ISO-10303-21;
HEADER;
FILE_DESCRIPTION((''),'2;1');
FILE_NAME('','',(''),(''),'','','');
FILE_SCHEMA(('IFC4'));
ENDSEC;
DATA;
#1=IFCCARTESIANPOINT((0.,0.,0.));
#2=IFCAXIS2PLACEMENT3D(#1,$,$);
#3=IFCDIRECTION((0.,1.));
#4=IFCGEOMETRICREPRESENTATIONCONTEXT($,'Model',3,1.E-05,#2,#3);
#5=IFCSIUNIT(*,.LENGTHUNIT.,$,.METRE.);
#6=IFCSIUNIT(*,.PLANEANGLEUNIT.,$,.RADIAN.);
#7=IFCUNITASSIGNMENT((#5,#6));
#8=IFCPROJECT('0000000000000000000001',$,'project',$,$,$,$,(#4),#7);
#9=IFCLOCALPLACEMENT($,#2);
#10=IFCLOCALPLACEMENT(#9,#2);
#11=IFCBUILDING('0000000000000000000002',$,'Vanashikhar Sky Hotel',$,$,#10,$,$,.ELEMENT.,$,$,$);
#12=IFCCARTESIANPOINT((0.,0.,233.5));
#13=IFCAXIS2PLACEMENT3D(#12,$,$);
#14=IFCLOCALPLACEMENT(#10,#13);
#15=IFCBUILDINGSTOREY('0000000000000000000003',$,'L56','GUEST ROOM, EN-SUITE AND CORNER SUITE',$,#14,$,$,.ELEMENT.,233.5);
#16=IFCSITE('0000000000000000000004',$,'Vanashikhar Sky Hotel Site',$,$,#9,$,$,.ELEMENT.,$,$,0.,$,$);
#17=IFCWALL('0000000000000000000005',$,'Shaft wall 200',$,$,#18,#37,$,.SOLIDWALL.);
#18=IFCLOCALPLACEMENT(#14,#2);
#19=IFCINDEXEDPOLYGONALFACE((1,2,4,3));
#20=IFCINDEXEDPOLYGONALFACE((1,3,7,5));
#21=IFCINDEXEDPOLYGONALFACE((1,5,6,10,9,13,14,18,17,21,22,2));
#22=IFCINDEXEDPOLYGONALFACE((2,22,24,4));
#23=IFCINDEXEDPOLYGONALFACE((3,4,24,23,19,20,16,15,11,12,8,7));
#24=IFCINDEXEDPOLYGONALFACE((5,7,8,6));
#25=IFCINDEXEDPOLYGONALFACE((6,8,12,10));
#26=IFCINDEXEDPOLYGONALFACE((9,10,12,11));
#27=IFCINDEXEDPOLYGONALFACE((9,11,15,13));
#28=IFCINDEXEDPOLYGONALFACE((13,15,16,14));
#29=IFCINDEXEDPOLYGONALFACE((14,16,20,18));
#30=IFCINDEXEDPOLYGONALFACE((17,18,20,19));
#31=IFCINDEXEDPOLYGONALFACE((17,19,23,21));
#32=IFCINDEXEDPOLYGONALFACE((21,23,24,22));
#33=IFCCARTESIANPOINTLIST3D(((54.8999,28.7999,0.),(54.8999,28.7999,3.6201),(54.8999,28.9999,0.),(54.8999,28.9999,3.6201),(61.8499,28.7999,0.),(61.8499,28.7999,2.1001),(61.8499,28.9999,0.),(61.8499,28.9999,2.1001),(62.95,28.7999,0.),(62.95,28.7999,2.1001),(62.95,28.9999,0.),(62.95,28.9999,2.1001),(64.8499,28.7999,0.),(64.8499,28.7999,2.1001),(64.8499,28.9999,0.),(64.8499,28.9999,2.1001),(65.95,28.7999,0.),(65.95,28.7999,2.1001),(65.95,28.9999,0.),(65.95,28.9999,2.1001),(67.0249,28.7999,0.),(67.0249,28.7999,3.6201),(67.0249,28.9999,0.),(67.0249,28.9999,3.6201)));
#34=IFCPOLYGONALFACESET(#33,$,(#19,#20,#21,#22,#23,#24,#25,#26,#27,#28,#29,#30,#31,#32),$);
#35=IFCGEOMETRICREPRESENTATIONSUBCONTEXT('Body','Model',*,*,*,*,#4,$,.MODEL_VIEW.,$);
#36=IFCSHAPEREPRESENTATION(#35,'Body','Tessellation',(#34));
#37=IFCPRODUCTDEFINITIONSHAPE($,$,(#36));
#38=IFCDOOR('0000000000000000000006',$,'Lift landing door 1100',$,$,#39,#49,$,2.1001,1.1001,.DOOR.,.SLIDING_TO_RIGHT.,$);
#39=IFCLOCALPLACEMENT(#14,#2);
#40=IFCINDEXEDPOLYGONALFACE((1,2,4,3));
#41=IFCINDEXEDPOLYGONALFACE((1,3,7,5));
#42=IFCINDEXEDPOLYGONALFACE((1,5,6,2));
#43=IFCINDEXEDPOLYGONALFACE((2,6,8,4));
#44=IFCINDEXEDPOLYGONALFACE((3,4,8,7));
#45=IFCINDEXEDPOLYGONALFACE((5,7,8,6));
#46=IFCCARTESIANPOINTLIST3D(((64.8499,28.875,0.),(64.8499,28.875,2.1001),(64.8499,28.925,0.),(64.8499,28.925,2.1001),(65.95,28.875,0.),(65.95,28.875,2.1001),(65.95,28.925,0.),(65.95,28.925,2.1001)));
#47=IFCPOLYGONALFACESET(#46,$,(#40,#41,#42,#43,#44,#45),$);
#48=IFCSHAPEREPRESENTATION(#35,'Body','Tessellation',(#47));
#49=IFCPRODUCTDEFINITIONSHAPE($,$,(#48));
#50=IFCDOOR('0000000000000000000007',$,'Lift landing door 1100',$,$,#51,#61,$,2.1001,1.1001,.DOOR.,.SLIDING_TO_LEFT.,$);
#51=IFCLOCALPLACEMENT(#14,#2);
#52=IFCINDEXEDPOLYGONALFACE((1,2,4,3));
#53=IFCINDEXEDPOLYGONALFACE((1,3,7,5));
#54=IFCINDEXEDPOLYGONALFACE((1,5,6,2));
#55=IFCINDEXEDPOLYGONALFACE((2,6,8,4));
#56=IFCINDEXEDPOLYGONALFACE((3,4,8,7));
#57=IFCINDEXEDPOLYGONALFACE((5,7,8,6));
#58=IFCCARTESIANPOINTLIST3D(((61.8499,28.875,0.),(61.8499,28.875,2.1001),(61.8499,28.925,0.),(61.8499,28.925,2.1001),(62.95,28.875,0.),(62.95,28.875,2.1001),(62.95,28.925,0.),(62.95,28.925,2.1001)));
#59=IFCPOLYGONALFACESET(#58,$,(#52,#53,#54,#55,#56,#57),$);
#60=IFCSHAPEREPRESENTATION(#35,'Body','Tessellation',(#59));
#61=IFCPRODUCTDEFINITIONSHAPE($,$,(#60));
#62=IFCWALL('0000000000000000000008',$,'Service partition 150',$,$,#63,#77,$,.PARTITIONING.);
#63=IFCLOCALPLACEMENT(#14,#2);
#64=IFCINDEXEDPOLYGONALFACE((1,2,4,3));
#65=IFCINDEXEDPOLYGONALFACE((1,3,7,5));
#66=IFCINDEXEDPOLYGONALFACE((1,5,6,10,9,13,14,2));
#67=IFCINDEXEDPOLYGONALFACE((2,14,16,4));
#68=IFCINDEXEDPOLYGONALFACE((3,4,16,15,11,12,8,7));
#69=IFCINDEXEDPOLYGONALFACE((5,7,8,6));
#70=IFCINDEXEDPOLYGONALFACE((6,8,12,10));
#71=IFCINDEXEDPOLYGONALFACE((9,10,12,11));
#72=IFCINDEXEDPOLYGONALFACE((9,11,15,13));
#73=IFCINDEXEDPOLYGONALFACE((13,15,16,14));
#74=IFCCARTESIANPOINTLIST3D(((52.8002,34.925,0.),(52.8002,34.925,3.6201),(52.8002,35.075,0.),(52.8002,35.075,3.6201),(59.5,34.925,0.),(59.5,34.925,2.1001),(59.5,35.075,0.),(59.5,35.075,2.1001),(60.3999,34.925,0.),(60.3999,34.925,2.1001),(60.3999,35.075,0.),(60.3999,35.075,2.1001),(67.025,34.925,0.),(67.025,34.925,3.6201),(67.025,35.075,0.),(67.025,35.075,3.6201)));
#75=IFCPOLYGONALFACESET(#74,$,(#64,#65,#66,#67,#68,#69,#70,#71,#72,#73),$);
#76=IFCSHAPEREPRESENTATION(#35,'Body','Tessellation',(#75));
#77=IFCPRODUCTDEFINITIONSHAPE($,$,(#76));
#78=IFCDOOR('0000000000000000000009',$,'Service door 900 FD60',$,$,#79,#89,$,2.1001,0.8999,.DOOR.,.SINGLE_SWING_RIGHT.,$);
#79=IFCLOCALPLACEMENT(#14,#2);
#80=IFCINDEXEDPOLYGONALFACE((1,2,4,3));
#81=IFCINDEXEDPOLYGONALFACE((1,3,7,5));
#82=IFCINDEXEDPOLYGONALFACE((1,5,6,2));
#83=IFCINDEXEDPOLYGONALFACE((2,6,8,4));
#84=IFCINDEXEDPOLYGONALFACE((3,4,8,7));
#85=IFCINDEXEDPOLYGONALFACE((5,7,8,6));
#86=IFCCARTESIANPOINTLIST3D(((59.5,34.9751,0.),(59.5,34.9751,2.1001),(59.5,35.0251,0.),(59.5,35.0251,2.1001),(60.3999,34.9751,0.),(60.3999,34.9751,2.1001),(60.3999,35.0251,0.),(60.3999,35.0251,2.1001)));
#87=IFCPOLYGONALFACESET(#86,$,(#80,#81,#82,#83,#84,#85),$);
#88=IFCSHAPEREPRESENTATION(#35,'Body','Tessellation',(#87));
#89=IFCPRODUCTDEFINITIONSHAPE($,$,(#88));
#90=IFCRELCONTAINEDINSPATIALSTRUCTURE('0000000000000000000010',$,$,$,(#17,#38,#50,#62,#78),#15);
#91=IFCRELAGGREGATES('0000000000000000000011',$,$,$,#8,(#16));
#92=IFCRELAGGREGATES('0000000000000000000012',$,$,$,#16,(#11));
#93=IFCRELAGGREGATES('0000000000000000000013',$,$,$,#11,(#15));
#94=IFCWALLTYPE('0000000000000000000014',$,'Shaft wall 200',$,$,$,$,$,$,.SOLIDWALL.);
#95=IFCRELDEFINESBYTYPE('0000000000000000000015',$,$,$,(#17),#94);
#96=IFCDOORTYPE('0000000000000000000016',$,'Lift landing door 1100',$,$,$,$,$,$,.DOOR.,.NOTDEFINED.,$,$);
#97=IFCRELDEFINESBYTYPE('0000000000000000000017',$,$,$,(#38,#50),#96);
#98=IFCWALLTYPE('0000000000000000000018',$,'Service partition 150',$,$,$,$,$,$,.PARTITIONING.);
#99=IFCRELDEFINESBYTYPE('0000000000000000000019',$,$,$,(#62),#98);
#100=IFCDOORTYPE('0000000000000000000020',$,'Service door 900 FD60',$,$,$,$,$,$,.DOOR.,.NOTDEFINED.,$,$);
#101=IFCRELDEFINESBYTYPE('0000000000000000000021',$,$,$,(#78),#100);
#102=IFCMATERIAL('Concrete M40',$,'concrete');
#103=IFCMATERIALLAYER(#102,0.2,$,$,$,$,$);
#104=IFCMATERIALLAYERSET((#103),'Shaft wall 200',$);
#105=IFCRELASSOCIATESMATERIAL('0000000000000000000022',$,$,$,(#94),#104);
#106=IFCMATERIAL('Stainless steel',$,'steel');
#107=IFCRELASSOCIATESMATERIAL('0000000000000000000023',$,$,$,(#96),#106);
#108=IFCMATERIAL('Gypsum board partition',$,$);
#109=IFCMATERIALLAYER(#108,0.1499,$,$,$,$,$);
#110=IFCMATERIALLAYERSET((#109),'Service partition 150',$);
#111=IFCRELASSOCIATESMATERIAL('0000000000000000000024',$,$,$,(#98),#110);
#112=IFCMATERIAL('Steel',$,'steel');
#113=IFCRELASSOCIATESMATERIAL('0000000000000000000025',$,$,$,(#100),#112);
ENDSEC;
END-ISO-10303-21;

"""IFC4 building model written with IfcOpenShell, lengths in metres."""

from ifc_helpers import new_model, si_unit, direction, frame, frame_2d, origin, place, context, subcontext, project, spatial, rectangle, extrude, source, transform, mapped, material, layer, layer_set, type_object, element, fill, save


model = new_model("IFC4")

# Units and contexts
model_context = context("Model", 3, precision=1e-05, world=origin(), true_north=direction((0.0, 1.0)))
body_context = subcontext(model_context, "Body", "Model", "MODEL_VIEW")
ifc_project = project(units=[si_unit("LENGTHUNIT", "METRE"), si_unit("PLANEANGLEUNIT", "RADIAN")], contexts=[model_context])

# Site, building, storey
site_placement = place(None, origin())
site = spatial("IfcSite", under=ifc_project, at=site_placement, Name="Vanashikhar Sky Hotel Site", CompositionType="ELEMENT", RefElevation=0.0)
building_placement = place(site_placement, origin())
building = spatial("IfcBuilding", under=site, at=building_placement, Name="Vanashikhar Sky Hotel", CompositionType="ELEMENT")
storey_placement = place(building_placement, frame((0.0, 0.0, 233.5)))
storey = spatial("IfcBuildingStorey", under=building, at=storey_placement, Name="L56", Description="GUEST ROOM, EN-SUITE AND CORNER SUITE", CompositionType="ELEMENT", Elevation=233.5)

# Shared definitions
ifc_material_1 = material(Name="Concrete M40", Category="concrete")
ifc_layer_1 = layer(ifc_material_1, 0.2)
ifc_layer_set_1 = layer_set([ifc_layer_1], Name="Shaft wall 200")
wall_type_1 = type_object("IfcWallType", Name="Shaft wall 200", PredefinedType="SOLIDWALL", material=ifc_layer_set_1)
shared_shape_1 = source(origin(), body_context, "Body", "SweptSolid", [
    extrude(rectangle(XDim=1.1001, YDim=2.1001, at=frame_2d((0.55, 1.05))), frame((0.0, 0.1099, 0.0), z_axis=(0.0, -1.0, 0.0), x_axis=(1.0, 0.0, 0.0)), (0.0, 0.0, 1.0), 0.22),
])
ifc_material_2 = material(Name="Stainless steel", Category="steel")
door_type_1 = type_object("IfcDoorType", Name="Lift landing door 1100", OperationType="NOTDEFINED", PredefinedType="DOOR", material=ifc_material_2)
shared_shape_2 = source(origin(), body_context, "Body", "SweptSolid", [
    extrude(rectangle(XDim=1.1001, YDim=2.1001, at=frame_2d((0.55, 1.05))), frame((0.0, 0.0249, 0.0), z_axis=(0.0, -1.0, 0.0), x_axis=(1.0, 0.0, 0.0)), (0.0, 0.0, 1.0), 0.05),
])

# Shared definitions
ifc_material_3 = material(Name="Gypsum board partition")
ifc_layer_2 = layer(ifc_material_3, 0.1499)
ifc_layer_set_2 = layer_set([ifc_layer_2], Name="Service partition 150")
wall_type_2 = type_object("IfcWallType", Name="Service partition 150", PredefinedType="PARTITIONING", material=ifc_layer_set_2)

# Wall, openings, doors
shared_shape_3 = source(origin(), body_context, "Body", "SweptSolid", [
    extrude(rectangle(XDim=12.125, YDim=0.2, at=frame_2d((6.0625, 0.0))), origin(), (0.0, 0.0, 1.0), 3.6201),
])
wall_1_placement = place(storey_placement, frame((67.0249, 28.8999, 0.0), z_axis=(0.0, 0.0, 1.0), x_axis=(-1.0, 0.0, 0.0)))
wall_1 = element("IfcWall", 1, at=wall_1_placement, inside=storey, type_object=wall_type_1, Name="Shaft wall 200", PredefinedType="SOLIDWALL", context=body_context, shape_type="MappedRepresentation", body=[
    mapped(shared_shape_3, transform((0.0, 0.0, 0.0), scale=1.0)),
])
opening_1_placement = place(wall_1_placement, frame((1.075, 0.0, 0.0)))
opening_1 = element("IfcOpeningElement", 2, at=opening_1_placement, cuts=wall_1, PredefinedType="OPENING", context=body_context, shape_type="MappedRepresentation", body=[
    mapped(shared_shape_1, transform((0.0, 0.0, 0.0), scale=1.0)),
])
opening_2_placement = place(wall_1_placement, frame((4.075, 0.0, 0.0)))
opening_2 = element("IfcOpeningElement", 3, at=opening_2_placement, cuts=wall_1, PredefinedType="OPENING", context=body_context, shape_type="MappedRepresentation", body=[
    mapped(shared_shape_1, transform((0.0, 0.0, 0.0), scale=1.0)),
])
door_1_placement = place(opening_1_placement, origin())
door_1 = element("IfcDoor", 4, at=door_1_placement, inside=storey, type_object=door_type_1, Name="Lift landing door 1100", OperationType="SLIDING_TO_RIGHT", OverallHeight=2.1001, OverallWidth=1.1001, PredefinedType="DOOR", context=body_context, shape_type="MappedRepresentation", body=[
    mapped(shared_shape_2, transform((0.0, 0.0, 0.0), scale=1.0)),
])
fill(opening_1, door_1)
door_2_placement = place(opening_2_placement, origin())
door_2 = element("IfcDoor", 5, at=door_2_placement, inside=storey, type_object=door_type_1, Name="Lift landing door 1100", OperationType="SLIDING_TO_LEFT", OverallHeight=2.1001, OverallWidth=1.1001, PredefinedType="DOOR", context=body_context, shape_type="MappedRepresentation", body=[
    mapped(shared_shape_2, transform((0.0, 0.0, 0.0), scale=1.0)),
])
fill(opening_2, door_2)

# Wall, opening, door
shared_shape_4 = source(origin(), body_context, "Body", "SweptSolid", [
    extrude(rectangle(XDim=14.2249, YDim=0.1499, at=frame_2d((7.1123, 0.0))), origin(), (0.0, 0.0, 1.0), 3.6201),
])
wall_2_placement = place(storey_placement, frame((67.0249, 35.0, 0.0), z_axis=(0.0, 0.0, 1.0), x_axis=(-1.0, 0.0, 0.0)))
wall_2 = element("IfcWall", 6, at=wall_2_placement, inside=storey, type_object=wall_type_2, Name="Service partition 150", PredefinedType="PARTITIONING", context=body_context, shape_type="MappedRepresentation", body=[
    mapped(shared_shape_4, transform((0.0, 0.0, 0.0), scale=1.0)),
])
shared_shape_5 = source(origin(), body_context, "Body", "SweptSolid", [
    extrude(rectangle(XDim=0.8999, YDim=2.1001, at=frame_2d((0.45, 1.05))), frame((0.0, 0.085, 0.0), z_axis=(0.0, -1.0, 0.0), x_axis=(1.0, 0.0, 0.0)), (0.0, 0.0, 1.0), 0.1699),
])
opening_3_placement = place(wall_2_placement, frame((6.625, 0.0, 0.0)))
opening_3 = element("IfcOpeningElement", 7, at=opening_3_placement, cuts=wall_2, PredefinedType="OPENING", context=body_context, shape_type="MappedRepresentation", body=[
    mapped(shared_shape_5, transform((0.0, 0.0, 0.0), scale=1.0)),
])
ifc_material_4 = material(Name="Steel", Category="steel")
door_type_2 = type_object("IfcDoorType", Name="Service door 900 FD60", OperationType="NOTDEFINED", PredefinedType="DOOR", material=ifc_material_4)
shared_shape_6 = source(origin(), body_context, "Body", "SweptSolid", [
    extrude(rectangle(XDim=0.8999, YDim=2.1001, at=frame_2d((0.45, 1.05))), frame((0.0, 0.0249, 0.0), z_axis=(0.0, -1.0, 0.0), x_axis=(1.0, 0.0, 0.0)), (0.0, 0.0, 1.0), 0.05),
])
door_3_placement = place(opening_3_placement, origin())
door_3 = element("IfcDoor", 8, at=door_3_placement, inside=storey, type_object=door_type_2, Name="Service door 900 FD60", OperationType="SINGLE_SWING_RIGHT", OverallHeight=2.1001, OverallWidth=0.8999, PredefinedType="DOOR", context=body_context, shape_type="MappedRepresentation", body=[
    mapped(shared_shape_6, transform((0.0, 0.0, 0.0), scale=1.0)),
])
fill(opening_3, door_3)

save(model, "model.ifc")
